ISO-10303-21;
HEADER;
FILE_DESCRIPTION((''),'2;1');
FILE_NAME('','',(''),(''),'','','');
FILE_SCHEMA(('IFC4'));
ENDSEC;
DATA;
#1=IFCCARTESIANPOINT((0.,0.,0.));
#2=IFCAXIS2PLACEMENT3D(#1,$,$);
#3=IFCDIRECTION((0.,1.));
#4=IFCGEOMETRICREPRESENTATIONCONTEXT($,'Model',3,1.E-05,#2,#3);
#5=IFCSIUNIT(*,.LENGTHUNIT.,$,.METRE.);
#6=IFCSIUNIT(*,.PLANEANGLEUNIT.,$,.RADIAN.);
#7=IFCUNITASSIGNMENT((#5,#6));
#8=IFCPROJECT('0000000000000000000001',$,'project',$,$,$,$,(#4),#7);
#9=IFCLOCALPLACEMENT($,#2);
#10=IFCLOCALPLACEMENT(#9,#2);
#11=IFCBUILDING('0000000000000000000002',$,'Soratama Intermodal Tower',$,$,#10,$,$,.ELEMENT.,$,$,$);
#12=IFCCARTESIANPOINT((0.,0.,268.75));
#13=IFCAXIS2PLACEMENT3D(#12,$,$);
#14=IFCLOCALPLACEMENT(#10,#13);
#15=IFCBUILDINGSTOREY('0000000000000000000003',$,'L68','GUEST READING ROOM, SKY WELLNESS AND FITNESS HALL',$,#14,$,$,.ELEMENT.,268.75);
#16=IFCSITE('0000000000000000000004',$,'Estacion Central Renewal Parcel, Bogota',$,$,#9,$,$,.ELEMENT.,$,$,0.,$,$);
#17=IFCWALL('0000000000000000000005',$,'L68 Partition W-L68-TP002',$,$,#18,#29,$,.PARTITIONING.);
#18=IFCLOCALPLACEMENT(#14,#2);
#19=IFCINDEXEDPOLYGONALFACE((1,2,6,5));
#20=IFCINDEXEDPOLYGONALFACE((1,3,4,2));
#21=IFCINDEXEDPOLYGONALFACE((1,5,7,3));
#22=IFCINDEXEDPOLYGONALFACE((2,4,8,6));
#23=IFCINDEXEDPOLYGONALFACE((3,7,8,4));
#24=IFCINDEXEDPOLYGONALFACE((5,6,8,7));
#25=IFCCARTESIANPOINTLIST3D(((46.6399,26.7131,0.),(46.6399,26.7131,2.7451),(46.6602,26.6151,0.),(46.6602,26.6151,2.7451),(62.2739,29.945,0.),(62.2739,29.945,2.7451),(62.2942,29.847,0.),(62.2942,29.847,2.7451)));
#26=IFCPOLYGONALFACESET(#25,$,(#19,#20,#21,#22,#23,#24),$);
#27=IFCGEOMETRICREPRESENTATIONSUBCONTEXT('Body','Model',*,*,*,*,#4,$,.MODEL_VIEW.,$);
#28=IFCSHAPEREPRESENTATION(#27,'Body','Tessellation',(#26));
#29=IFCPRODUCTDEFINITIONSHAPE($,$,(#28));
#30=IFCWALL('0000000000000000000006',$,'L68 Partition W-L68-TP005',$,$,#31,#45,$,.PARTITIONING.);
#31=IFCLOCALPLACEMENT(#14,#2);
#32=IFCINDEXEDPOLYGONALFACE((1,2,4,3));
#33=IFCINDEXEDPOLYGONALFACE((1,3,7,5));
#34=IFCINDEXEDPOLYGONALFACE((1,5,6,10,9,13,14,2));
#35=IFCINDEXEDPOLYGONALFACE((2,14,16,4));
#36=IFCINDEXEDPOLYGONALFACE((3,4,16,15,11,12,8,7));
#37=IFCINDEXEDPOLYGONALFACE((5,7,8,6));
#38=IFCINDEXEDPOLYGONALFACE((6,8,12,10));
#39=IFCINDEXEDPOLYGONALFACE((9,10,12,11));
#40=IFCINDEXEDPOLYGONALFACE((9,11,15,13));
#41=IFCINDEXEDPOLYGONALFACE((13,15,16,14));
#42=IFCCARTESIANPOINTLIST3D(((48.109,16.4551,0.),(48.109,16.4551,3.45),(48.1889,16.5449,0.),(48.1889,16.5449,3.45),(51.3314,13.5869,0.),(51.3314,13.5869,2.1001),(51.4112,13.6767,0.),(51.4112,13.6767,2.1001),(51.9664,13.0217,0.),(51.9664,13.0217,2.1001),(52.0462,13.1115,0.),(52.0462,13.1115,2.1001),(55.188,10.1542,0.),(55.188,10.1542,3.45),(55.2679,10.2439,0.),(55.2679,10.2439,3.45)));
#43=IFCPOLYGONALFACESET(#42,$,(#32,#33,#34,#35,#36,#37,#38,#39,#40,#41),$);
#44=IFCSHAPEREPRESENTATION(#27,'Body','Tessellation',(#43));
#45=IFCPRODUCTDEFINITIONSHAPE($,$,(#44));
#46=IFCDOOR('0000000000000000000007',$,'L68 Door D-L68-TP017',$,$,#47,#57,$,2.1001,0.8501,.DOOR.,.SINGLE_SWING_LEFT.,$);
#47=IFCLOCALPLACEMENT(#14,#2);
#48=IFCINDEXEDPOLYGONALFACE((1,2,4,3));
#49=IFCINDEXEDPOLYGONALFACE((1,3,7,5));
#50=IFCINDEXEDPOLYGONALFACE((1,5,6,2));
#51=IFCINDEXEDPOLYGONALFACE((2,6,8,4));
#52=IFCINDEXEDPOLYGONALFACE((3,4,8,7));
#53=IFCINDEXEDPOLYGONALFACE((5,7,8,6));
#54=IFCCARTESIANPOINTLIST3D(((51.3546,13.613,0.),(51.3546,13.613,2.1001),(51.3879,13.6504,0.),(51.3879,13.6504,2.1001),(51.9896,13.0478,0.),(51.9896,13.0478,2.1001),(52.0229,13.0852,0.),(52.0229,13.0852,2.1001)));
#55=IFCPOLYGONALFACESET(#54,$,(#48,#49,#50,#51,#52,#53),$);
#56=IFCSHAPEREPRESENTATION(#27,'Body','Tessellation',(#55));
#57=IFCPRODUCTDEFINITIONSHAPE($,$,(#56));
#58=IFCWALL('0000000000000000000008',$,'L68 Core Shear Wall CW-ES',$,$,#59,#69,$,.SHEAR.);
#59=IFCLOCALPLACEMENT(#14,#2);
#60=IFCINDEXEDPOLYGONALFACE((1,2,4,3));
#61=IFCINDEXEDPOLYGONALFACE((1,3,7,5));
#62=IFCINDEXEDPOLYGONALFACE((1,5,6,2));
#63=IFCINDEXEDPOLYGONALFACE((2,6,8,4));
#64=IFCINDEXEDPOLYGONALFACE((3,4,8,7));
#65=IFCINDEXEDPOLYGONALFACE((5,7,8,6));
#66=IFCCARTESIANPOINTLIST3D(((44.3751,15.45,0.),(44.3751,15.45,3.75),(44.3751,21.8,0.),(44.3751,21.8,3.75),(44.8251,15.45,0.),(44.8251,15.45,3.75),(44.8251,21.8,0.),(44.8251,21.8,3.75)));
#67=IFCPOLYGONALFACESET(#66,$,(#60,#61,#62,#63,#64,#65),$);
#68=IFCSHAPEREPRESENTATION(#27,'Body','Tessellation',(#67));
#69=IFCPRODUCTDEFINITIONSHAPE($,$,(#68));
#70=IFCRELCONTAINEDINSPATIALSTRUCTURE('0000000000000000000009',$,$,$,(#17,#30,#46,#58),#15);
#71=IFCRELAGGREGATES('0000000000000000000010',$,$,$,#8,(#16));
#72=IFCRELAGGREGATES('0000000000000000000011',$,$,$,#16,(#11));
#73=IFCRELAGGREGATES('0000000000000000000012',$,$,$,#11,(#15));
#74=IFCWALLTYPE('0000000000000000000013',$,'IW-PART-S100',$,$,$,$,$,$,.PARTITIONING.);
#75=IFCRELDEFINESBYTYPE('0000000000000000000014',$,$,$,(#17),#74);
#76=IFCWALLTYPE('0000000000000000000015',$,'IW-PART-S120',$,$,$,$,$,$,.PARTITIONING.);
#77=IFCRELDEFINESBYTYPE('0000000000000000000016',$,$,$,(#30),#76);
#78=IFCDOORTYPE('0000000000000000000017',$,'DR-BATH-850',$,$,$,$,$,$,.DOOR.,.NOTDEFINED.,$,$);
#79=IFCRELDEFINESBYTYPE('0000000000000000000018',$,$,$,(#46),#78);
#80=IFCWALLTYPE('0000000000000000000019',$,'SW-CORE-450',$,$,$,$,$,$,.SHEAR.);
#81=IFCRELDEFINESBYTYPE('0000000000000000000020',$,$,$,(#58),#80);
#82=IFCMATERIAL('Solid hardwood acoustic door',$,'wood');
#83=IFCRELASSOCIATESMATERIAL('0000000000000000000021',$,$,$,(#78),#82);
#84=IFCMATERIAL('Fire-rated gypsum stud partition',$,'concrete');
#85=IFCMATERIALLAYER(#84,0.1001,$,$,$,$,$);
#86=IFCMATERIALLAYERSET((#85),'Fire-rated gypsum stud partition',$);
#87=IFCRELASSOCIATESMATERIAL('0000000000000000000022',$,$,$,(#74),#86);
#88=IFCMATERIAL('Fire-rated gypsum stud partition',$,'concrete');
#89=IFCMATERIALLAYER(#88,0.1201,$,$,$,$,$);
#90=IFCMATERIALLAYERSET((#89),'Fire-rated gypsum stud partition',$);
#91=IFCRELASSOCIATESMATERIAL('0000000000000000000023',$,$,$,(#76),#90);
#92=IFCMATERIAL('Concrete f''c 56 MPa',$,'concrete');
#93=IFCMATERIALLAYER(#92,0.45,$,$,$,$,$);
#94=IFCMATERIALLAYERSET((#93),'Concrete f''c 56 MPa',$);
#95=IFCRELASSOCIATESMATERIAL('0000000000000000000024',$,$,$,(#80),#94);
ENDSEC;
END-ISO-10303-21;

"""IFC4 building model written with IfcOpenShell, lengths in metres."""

from ifc_helpers import new_model, si_unit, direction, frame, frame_2d, origin, place, context, subcontext, project, spatial, rectangle, extrude, material, layer, layer_set, type_object, element, fill, save


model = new_model("IFC4")

# Units and contexts
model_context = context("Model", 3, precision=1e-05, world=origin(), true_north=direction((0.0, 1.0)))
body_context = subcontext(model_context, "Body", "Model", "MODEL_VIEW")
ifc_project = project(units=[si_unit("LENGTHUNIT", "METRE"), si_unit("PLANEANGLEUNIT", "RADIAN")], contexts=[model_context])

# Site, building, storey
site_placement = place(None, origin())
site = spatial("IfcSite", under=ifc_project, at=site_placement, Name="Estacion Central Renewal Parcel, Bogota", CompositionType="ELEMENT", RefElevation=0.0)
building_placement = place(site_placement, origin())
building = spatial("IfcBuilding", under=site, at=building_placement, Name="Soratama Intermodal Tower", CompositionType="ELEMENT")
storey_placement = place(building_placement, frame((0.0, 0.0, 268.75)))
storey = spatial("IfcBuildingStorey", under=building, at=storey_placement, Name="L68", Description="GUEST READING ROOM, SKY WELLNESS AND FITNESS HALL", CompositionType="ELEMENT", Elevation=268.75)

# Shared definitions
ifc_material_1 = material(Name="Solid hardwood acoustic door", Category="wood")
door_type_1 = type_object("IfcDoorType", Name="DR-BATH-850", OperationType="NOTDEFINED", PredefinedType="DOOR", material=ifc_material_1)

# Wall
ifc_material_2 = material(Name="Fire-rated gypsum stud partition", Category="concrete")
ifc_layer_1 = layer(ifc_material_2, 0.1001)
ifc_layer_set_1 = layer_set([ifc_layer_1], Name="Fire-rated gypsum stud partition")
wall_type_1 = type_object("IfcWallType", Name="IW-PART-S100", PredefinedType="PARTITIONING", material=ifc_layer_set_1)
wall_1_placement = place(storey_placement, frame((46.6499, 26.6641, 0.0), z_axis=(0.0, 0.0, 1.0), x_axis=(0.979294, 0.202444, 0.0)))
element("IfcWall", 1, at=wall_1_placement, inside=storey, type_object=wall_type_1, Name="L68 Partition W-L68-TP002", PredefinedType="PARTITIONING", context=body_context, shape_type="SweptSolid", body=[
    extrude(rectangle(XDim=15.9646, YDim=0.1001, at=frame_2d((7.9824, 0.0))), origin(), (0.0, 0.0, 1.0), 2.7451),
])

# Wall, opening, door
ifc_material_3 = material(Name="Fire-rated gypsum stud partition", Category="concrete")
ifc_layer_2 = layer(ifc_material_3, 0.1201)
ifc_layer_set_2 = layer_set([ifc_layer_2], Name="Fire-rated gypsum stud partition")
wall_type_2 = type_object("IfcWallType", Name="IW-PART-S120", PredefinedType="PARTITIONING", material=ifc_layer_set_2)
wall_2_placement = place(storey_placement, frame((48.1489, 16.5, 0.0), z_axis=(0.0, 0.0, 1.0), x_axis=(0.746964, -0.664864, 0.0)))
wall_2 = element("IfcWall", 2, at=wall_2_placement, inside=storey, type_object=wall_type_2, Name="L68 Partition W-L68-TP005", PredefinedType="PARTITIONING", context=body_context, shape_type="SweptSolid", body=[
    extrude(rectangle(XDim=9.4771, YDim=0.1201, at=frame_2d((4.7385, 0.0))), origin(), (0.0, 0.0, 1.0), 3.45),
])
opening_1_placement = place(wall_2_placement, frame((4.314, 0.0, 0.0)))
opening_1 = element("IfcOpeningElement", 3, at=opening_1_placement, cuts=wall_2, PredefinedType="OPENING", context=body_context, shape_type="SweptSolid", body=[
    extrude(rectangle(XDim=0.8501, YDim=2.1001, at=frame_2d((0.425, 1.05))), frame((0.0, 0.0701, 0.0), z_axis=(0.0, -1.0, 0.0), x_axis=(1.0, 0.0, 0.0)), (0.0, 0.0, 1.0), 0.1401),
])
door_1_placement = place(opening_1_placement, origin())
door_1 = element("IfcDoor", 4, at=door_1_placement, inside=storey, type_object=door_type_1, Name="L68 Door D-L68-TP017", OperationType="SINGLE_SWING_LEFT", OverallHeight=2.1001, OverallWidth=0.8501, PredefinedType="DOOR", context=body_context, shape_type="SweptSolid", body=[
    extrude(rectangle(XDim=0.8501, YDim=2.1001, at=frame_2d((0.425, 1.05))), frame((0.0, 0.0249, 0.0), z_axis=(0.0, -1.0, 0.0), x_axis=(1.0, 0.0, 0.0)), (0.0, 0.0, 1.0), 0.05),
])
fill(opening_1, door_1)

# Wall
ifc_material_4 = material(Name="Concrete f'c 56 MPa", Category="concrete")
ifc_layer_3 = layer(ifc_material_4, 0.45)
ifc_layer_set_3 = layer_set([ifc_layer_3], Name="Concrete f'c 56 MPa")
wall_type_3 = type_object("IfcWallType", Name="SW-CORE-450", PredefinedType="SHEAR", material=ifc_layer_set_3)
wall_3_placement = place(storey_placement, frame((44.6001, 15.45, 0.0), z_axis=(0.0, 0.0, 1.0), x_axis=(0.0, 1.0, 0.0)))
element("IfcWall", 5, at=wall_3_placement, inside=storey, type_object=wall_type_3, Name="L68 Core Shear Wall CW-ES", PredefinedType="SHEAR", context=body_context, shape_type="SweptSolid", body=[
    extrude(rectangle(XDim=6.3501, YDim=0.45, at=frame_2d((3.175, 0.0))), origin(), (0.0, 0.0, 1.0), 3.75),
])

save(model, "model.ifc")
